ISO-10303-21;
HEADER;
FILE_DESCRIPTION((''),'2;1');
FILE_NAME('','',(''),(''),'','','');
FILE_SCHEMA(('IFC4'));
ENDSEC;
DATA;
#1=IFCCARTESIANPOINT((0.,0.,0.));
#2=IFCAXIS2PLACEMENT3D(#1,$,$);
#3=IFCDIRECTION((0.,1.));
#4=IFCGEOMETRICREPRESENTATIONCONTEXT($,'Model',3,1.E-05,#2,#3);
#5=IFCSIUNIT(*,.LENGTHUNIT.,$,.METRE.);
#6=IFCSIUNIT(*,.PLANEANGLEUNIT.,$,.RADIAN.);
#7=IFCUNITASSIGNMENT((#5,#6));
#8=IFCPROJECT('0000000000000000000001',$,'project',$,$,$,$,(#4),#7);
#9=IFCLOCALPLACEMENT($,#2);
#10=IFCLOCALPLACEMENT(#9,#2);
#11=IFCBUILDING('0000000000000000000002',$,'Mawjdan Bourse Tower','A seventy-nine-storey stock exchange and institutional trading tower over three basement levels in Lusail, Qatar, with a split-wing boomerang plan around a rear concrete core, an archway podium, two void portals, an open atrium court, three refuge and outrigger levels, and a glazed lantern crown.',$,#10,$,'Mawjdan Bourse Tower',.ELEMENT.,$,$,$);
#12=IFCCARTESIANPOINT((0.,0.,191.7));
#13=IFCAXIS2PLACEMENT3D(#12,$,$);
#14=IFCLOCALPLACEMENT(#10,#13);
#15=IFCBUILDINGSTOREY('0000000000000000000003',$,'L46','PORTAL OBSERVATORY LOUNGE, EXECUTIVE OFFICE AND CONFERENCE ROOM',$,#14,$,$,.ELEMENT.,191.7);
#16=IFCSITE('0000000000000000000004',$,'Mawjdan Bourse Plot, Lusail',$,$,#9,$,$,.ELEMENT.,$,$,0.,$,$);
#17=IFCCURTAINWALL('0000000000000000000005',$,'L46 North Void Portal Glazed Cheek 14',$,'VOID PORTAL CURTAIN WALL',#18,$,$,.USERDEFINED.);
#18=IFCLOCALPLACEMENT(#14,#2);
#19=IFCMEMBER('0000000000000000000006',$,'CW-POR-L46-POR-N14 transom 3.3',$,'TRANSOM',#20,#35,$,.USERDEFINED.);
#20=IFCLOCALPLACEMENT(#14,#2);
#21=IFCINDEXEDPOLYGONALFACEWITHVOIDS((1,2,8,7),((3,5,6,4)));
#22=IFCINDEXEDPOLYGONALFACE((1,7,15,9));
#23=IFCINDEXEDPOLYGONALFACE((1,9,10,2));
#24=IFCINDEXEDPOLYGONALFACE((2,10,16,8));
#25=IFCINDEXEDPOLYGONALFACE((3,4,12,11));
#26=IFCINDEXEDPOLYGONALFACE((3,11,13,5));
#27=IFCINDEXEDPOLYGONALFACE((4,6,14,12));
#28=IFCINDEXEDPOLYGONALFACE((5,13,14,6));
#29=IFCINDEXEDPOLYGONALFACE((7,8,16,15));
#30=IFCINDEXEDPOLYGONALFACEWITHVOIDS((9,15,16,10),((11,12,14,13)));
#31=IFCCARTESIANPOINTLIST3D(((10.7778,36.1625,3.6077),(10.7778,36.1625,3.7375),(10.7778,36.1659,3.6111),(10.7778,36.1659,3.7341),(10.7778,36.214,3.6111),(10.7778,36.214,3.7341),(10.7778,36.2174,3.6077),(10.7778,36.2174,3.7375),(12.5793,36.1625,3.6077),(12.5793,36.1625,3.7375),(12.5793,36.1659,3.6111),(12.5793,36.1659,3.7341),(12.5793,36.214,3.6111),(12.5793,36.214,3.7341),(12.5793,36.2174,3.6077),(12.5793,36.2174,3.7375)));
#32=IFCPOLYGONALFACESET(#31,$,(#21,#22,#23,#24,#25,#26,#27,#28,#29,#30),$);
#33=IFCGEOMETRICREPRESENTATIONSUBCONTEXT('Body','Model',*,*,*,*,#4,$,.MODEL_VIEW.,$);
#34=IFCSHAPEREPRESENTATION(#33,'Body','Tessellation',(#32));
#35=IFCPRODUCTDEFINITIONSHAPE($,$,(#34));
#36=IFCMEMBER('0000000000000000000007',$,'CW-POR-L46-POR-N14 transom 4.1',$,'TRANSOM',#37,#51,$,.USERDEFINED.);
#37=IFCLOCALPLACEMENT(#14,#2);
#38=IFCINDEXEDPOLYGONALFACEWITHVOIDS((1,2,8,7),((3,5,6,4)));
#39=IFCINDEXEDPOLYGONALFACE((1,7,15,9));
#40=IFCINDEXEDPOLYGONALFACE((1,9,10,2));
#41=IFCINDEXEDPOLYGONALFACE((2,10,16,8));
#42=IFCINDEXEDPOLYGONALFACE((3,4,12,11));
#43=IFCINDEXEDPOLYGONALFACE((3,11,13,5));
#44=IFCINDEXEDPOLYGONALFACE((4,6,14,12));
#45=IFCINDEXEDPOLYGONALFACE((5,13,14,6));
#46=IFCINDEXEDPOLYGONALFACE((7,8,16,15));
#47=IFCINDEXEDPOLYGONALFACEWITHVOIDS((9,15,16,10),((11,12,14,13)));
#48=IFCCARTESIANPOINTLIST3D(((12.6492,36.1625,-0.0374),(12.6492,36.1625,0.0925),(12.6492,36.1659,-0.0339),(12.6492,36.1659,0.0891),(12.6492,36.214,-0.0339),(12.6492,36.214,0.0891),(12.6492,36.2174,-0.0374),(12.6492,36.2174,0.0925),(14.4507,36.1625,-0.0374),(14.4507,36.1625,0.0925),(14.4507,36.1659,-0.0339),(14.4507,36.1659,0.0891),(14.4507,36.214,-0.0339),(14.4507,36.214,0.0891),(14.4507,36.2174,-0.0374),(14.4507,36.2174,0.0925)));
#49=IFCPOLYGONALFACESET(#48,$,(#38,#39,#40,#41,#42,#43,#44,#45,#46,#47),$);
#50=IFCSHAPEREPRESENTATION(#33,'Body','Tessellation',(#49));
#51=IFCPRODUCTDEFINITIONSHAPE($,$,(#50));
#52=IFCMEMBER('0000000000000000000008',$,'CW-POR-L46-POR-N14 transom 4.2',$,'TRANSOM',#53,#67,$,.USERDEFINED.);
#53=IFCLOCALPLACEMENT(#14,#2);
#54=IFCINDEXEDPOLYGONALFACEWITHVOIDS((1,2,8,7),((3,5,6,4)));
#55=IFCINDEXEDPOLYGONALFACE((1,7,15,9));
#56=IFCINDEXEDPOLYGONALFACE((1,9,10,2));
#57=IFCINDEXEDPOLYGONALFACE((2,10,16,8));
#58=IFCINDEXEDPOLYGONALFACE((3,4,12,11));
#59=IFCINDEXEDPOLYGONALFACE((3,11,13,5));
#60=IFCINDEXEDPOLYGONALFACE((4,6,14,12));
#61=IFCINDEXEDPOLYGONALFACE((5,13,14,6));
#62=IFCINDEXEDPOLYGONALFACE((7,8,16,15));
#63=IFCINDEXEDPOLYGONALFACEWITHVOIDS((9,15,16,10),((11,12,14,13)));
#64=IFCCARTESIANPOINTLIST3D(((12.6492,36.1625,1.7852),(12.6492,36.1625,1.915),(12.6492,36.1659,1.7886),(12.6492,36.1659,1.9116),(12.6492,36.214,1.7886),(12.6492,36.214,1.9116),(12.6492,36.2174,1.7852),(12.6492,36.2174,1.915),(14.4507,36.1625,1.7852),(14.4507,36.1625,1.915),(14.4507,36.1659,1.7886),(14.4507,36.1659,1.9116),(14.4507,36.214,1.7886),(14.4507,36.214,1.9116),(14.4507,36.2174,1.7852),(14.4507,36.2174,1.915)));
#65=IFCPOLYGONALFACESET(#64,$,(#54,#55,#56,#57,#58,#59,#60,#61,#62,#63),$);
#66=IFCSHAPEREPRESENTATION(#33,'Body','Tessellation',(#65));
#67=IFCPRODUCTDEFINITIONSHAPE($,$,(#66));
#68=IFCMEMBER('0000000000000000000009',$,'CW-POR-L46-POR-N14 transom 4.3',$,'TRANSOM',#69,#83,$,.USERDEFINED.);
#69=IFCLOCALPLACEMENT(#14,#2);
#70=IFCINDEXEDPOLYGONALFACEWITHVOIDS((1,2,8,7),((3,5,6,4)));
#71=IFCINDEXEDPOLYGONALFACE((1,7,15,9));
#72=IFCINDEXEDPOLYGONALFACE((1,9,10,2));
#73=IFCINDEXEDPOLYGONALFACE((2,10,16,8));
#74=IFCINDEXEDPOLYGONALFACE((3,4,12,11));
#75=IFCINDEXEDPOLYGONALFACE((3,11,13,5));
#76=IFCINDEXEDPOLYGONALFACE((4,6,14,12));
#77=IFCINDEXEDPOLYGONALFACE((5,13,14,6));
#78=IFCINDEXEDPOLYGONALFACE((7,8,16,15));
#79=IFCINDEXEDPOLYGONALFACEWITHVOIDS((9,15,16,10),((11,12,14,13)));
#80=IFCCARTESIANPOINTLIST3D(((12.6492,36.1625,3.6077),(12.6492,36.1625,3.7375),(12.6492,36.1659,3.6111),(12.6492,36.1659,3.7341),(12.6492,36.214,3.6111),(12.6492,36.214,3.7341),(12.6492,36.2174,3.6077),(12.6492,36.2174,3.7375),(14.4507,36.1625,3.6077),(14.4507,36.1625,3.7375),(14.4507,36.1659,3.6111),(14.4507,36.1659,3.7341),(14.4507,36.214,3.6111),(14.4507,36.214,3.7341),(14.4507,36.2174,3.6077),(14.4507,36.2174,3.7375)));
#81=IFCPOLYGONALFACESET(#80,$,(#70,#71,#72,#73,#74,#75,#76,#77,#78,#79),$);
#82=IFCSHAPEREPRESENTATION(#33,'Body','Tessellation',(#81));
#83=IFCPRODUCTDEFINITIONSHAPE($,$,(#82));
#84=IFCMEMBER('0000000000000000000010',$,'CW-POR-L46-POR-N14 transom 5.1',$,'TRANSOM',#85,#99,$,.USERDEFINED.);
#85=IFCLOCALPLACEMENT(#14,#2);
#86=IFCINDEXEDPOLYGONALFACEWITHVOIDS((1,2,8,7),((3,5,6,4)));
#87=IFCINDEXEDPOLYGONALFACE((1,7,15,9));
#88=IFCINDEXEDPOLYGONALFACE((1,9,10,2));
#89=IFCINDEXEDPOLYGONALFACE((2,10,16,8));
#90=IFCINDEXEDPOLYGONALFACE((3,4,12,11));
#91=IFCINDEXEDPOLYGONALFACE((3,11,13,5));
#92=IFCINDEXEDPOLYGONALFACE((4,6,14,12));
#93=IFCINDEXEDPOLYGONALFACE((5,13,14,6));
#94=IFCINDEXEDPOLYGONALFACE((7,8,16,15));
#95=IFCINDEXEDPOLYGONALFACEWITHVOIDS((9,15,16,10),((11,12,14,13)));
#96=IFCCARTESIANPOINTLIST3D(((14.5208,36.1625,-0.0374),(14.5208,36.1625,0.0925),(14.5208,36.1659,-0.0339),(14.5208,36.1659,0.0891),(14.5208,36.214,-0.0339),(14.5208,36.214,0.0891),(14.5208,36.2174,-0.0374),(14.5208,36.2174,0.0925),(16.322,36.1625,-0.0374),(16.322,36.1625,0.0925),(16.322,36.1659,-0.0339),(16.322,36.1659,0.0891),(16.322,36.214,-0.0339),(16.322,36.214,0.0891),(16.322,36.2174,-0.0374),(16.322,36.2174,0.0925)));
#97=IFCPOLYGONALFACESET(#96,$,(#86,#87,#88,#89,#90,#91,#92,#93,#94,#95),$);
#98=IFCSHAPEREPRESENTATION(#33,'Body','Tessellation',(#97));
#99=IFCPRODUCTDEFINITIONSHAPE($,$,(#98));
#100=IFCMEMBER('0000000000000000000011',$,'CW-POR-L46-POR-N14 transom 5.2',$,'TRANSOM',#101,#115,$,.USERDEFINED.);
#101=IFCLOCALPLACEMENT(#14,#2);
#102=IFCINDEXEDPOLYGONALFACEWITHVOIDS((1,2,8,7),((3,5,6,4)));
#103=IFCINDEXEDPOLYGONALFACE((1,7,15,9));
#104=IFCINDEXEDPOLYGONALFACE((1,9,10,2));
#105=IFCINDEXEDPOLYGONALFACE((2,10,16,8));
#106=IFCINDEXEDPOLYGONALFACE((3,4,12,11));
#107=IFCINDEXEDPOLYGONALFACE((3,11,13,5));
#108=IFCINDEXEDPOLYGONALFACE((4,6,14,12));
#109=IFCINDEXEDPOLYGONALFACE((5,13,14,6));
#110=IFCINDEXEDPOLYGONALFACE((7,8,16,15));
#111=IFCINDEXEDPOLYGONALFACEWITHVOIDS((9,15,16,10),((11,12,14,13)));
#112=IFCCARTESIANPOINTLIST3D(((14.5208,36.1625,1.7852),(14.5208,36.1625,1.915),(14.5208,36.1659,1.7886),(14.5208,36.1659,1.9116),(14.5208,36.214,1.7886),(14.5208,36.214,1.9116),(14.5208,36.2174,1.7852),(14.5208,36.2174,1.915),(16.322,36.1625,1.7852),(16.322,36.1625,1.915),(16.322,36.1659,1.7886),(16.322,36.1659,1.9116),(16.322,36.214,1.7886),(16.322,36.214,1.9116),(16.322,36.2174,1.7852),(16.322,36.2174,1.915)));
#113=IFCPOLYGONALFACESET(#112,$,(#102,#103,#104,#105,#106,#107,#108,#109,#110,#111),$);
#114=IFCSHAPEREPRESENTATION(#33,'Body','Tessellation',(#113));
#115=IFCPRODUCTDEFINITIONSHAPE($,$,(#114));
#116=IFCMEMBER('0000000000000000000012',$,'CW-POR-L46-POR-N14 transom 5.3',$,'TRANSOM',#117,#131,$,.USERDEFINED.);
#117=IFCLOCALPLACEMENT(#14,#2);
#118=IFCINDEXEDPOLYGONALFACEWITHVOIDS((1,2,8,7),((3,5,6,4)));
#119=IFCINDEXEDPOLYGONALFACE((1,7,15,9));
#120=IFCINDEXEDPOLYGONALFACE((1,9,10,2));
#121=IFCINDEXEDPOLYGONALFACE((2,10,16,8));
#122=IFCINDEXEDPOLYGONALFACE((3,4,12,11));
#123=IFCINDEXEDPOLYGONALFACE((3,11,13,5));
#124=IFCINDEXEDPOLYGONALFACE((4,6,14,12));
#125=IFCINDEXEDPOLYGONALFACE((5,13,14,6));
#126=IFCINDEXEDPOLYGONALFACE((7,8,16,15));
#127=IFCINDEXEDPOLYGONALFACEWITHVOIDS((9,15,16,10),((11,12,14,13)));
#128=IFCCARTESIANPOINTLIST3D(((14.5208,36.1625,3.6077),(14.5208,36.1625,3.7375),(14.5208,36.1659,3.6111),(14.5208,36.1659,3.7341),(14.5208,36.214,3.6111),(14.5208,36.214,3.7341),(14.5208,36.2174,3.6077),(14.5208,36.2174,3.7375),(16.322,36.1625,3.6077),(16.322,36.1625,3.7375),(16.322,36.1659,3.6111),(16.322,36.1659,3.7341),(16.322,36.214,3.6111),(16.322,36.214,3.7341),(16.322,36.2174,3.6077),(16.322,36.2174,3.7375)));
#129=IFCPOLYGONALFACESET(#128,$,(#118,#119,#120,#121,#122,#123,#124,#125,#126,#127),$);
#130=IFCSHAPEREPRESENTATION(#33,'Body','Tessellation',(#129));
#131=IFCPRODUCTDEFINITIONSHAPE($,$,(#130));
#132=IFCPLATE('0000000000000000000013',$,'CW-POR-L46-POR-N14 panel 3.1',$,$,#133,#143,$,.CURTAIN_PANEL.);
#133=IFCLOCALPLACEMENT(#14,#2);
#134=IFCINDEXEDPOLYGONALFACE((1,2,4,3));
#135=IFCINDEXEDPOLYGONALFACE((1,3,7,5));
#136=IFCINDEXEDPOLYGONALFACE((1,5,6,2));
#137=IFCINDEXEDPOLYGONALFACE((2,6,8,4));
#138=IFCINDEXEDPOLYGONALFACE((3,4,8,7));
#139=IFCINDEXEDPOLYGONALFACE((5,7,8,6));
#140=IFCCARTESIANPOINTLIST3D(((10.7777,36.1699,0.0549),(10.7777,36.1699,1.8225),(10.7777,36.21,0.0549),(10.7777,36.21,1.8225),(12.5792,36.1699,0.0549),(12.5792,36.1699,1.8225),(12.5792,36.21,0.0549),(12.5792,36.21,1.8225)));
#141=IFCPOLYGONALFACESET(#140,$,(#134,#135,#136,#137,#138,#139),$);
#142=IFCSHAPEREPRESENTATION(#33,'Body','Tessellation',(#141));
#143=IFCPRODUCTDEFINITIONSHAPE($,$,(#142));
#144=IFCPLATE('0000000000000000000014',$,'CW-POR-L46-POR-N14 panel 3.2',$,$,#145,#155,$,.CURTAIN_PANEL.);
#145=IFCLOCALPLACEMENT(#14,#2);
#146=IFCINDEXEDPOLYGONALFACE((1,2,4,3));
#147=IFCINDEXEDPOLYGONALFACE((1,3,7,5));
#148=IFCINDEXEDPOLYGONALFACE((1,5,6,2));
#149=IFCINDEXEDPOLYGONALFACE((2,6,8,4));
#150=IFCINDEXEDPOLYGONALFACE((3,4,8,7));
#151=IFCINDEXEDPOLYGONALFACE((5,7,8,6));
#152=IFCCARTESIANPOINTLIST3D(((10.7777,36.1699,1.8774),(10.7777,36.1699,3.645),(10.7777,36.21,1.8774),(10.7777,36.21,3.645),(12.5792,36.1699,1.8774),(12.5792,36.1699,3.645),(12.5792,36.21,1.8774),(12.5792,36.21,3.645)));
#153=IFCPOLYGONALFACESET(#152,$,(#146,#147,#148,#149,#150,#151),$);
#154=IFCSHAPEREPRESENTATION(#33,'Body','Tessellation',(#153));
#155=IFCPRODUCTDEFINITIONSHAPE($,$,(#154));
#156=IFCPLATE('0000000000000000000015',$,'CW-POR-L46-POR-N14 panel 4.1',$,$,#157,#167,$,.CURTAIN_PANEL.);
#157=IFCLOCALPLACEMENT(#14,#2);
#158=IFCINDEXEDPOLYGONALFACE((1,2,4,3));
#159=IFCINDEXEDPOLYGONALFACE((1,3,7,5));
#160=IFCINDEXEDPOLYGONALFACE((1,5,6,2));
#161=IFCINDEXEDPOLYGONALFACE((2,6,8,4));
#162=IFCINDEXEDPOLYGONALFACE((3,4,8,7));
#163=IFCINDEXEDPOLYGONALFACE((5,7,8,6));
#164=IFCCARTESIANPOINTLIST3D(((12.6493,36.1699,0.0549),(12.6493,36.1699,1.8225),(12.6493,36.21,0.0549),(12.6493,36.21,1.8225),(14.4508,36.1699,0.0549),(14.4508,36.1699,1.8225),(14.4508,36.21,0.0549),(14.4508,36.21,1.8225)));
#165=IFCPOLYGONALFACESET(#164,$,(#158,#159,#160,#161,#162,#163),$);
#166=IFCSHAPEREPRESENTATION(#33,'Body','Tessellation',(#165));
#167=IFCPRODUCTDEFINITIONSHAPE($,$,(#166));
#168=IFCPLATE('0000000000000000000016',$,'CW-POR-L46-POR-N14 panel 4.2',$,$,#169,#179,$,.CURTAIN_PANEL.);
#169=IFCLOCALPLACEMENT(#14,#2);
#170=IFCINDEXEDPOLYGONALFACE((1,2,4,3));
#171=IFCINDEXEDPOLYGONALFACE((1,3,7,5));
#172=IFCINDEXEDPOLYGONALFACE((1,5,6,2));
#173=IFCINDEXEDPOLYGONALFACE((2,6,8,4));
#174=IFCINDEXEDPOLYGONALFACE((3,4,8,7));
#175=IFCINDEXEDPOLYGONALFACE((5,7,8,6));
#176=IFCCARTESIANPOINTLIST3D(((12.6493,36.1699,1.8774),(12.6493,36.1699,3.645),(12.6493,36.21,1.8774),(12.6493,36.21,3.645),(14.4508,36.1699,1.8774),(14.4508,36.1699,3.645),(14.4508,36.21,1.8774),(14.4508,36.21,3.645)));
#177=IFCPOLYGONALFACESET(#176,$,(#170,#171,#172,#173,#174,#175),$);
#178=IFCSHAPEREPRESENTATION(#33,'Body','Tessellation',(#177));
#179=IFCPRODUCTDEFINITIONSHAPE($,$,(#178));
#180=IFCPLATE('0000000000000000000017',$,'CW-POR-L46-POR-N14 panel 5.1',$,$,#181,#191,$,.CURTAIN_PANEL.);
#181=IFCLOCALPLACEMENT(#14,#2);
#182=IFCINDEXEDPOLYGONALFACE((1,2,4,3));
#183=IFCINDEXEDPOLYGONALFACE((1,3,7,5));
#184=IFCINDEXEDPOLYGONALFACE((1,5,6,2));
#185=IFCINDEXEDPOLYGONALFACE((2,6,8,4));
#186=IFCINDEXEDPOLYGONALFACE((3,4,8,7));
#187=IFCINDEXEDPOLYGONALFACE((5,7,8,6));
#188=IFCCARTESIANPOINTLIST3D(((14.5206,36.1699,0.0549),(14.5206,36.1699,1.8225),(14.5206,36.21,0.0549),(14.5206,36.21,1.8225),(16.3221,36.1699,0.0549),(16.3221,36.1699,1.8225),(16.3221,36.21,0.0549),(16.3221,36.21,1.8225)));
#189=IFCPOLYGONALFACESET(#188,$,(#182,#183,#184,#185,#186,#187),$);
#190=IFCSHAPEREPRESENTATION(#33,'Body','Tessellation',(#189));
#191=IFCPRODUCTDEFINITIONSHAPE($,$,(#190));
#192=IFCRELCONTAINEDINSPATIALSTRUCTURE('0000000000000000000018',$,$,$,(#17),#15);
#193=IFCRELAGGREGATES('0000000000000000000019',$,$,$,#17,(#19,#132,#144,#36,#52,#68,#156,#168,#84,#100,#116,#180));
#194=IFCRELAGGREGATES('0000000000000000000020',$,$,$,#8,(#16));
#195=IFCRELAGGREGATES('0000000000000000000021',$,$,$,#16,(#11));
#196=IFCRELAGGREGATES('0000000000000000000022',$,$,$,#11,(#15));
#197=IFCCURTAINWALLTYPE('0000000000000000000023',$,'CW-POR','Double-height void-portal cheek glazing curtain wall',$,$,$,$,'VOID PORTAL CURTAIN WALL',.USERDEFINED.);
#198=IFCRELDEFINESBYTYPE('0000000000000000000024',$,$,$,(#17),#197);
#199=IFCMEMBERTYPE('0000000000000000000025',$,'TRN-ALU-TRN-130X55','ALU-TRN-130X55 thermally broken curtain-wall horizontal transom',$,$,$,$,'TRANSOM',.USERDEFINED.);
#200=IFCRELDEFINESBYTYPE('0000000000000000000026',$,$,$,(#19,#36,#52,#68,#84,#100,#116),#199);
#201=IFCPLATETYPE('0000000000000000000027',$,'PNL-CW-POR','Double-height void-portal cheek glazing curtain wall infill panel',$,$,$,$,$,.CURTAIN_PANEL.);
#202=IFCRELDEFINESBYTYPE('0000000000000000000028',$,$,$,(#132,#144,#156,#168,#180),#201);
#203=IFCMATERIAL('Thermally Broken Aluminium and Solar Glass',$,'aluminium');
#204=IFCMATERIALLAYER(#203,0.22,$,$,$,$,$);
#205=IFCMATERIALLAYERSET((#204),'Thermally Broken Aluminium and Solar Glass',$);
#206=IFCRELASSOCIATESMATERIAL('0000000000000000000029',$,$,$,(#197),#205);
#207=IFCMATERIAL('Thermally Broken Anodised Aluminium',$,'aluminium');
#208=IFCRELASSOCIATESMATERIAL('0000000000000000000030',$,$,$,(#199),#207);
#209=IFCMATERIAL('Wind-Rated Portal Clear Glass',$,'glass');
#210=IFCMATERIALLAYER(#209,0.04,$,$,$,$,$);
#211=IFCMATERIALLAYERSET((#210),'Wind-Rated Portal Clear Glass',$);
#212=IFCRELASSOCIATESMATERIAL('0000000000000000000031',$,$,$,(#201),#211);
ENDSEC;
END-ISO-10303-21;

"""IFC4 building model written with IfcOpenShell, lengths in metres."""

from ifc_helpers import new_model, si_unit, direction, frame, origin, origin_2d, place, context, subcontext, project, spatial, rectangle, hollow_rectangle, extrude, material, layer, layer_set, material_profile, profile_set, type_object, element, aggregate, save


model = new_model("IFC4")

# Units and contexts
model_context = context("Model", 3, precision=1e-05, world=origin(), true_north=direction((0.0, 1.0)))
body_context = subcontext(model_context, "Body", "Model", "MODEL_VIEW")
ifc_project = project(units=[si_unit("LENGTHUNIT", "METRE"), si_unit("PLANEANGLEUNIT", "RADIAN")], contexts=[model_context])

# Site, building, storey
site_placement = place(None, origin())
site = spatial("IfcSite", under=ifc_project, at=site_placement, Name="Mawjdan Bourse Plot, Lusail", CompositionType="ELEMENT", RefElevation=0.0)
building_placement = place(site_placement, origin())
building = spatial("IfcBuilding", under=site, at=building_placement, Name="Mawjdan Bourse Tower", Description="A seventy-nine-storey stock exchange and institutional trading tower over three basement levels in Lusail, Qatar, with a split-wing boomerang plan around a rear concrete core, an archway podium, two void portals, an open atrium court, three refuge and outrigger levels, and a glazed lantern crown.", LongName="Mawjdan Bourse Tower", CompositionType="ELEMENT")
storey_placement = place(building_placement, frame((0.0, 0.0, 191.7)))
storey = spatial("IfcBuildingStorey", under=building, at=storey_placement, Name="L46", Description="PORTAL OBSERVATORY LOUNGE, EXECUTIVE OFFICE AND CONFERENCE ROOM", CompositionType="ELEMENT", Elevation=191.7)

# Curtain wall, members, plates
ifc_material_1 = material(Name="Thermally Broken Aluminium and Solar Glass", Category="aluminium")
ifc_layer_1 = layer(ifc_material_1, 0.22)
ifc_layer_set_1 = layer_set([ifc_layer_1], Name="Thermally Broken Aluminium and Solar Glass")
curtain_wall_type = type_object("IfcCurtainWallType", Name="CW-POR", Description="Double-height void-portal cheek glazing curtain wall", ElementType="VOID PORTAL CURTAIN WALL", PredefinedType="USERDEFINED", material=ifc_layer_set_1)
curtain_wall_placement = place(storey_placement, origin())
curtain_wall = element("IfcCurtainWall", 1, at=curtain_wall_placement, inside=storey, type_object=curtain_wall_type, Name="L46 North Void Portal Glazed Cheek 14", ObjectType="VOID PORTAL CURTAIN WALL", PredefinedType="USERDEFINED")
ifc_material_2 = material(Name="Thermally Broken Anodised Aluminium", Category="aluminium")
ifc_material_profile_1 = material_profile(ifc_material_2, hollow_rectangle(XDim=0.0549, YDim=0.1299, WallThickness=0.0034, at=origin_2d()), Name="ALU-TRN-130X55")
ifc_profile_set_1 = profile_set([ifc_material_profile_1], Name="Thermally Broken Anodised Aluminium")
member_type_1 = type_object("IfcMemberType", Name="TRN-ALU-TRN-130X55", Description="ALU-TRN-130X55 thermally broken curtain-wall horizontal transom", ElementType="TRANSOM", PredefinedType="USERDEFINED", material=ifc_profile_set_1)
member_1_placement = place(storey_placement, frame((10.7778, 36.1899, 3.6726), z_axis=(1.0, 0.0, 0.0), x_axis=(0.0, 1.0, 0.0)))
member_1 = element("IfcMember", 2, at=member_1_placement, type_object=member_type_1, Name="CW-POR-L46-POR-N14 transom 3.3", ObjectType="TRANSOM", PredefinedType="USERDEFINED", context=body_context, shape_type="SweptSolid", body=[
    extrude(hollow_rectangle(XDim=0.0549, YDim=0.1299, WallThickness=0.0034, at=origin_2d()), origin(), (0.0, 0.0, 1.0), 1.8015),
])
member_2_placement = place(storey_placement, frame((12.6492, 36.1899, 0.0276), z_axis=(1.0, 0.0, 0.0), x_axis=(0.0, 1.0, 0.0)))
member_2 = element("IfcMember", 3, at=member_2_placement, type_object=member_type_1, Name="CW-POR-L46-POR-N14 transom 4.1", ObjectType="TRANSOM", PredefinedType="USERDEFINED", context=body_context, shape_type="SweptSolid", body=[
    extrude(hollow_rectangle(XDim=0.0549, YDim=0.1299, WallThickness=0.0034, at=origin_2d()), origin(), (0.0, 0.0, 1.0), 1.8015),
])
member_3_placement = place(storey_placement, frame((12.6492, 36.1899, 1.8501), z_axis=(1.0, 0.0, 0.0), x_axis=(0.0, 1.0, 0.0)))
member_3 = element("IfcMember", 4, at=member_3_placement, type_object=member_type_1, Name="CW-POR-L46-POR-N14 transom 4.2", ObjectType="TRANSOM", PredefinedType="USERDEFINED", context=body_context, shape_type="SweptSolid", body=[
    extrude(hollow_rectangle(XDim=0.0549, YDim=0.1299, WallThickness=0.0034, at=origin_2d()), origin(), (0.0, 0.0, 1.0), 1.8015),
])
member_4_placement = place(storey_placement, frame((12.6492, 36.1899, 3.6726), z_axis=(1.0, 0.0, 0.0), x_axis=(0.0, 1.0, 0.0)))
member_4 = element("IfcMember", 5, at=member_4_placement, type_object=member_type_1, Name="CW-POR-L46-POR-N14 transom 4.3", ObjectType="TRANSOM", PredefinedType="USERDEFINED", context=body_context, shape_type="SweptSolid", body=[
    extrude(hollow_rectangle(XDim=0.0549, YDim=0.1299, WallThickness=0.0034, at=origin_2d()), origin(), (0.0, 0.0, 1.0), 1.8015),
])
member_5_placement = place(storey_placement, frame((14.5208, 36.1899, 0.0276), z_axis=(1.0, 0.0, 0.0), x_axis=(0.0, 1.0, 0.0)))
member_5 = element("IfcMember", 6, at=member_5_placement, type_object=member_type_1, Name="CW-POR-L46-POR-N14 transom 5.1", ObjectType="TRANSOM", PredefinedType="USERDEFINED", context=body_context, shape_type="SweptSolid", body=[
    extrude(hollow_rectangle(XDim=0.0549, YDim=0.1299, WallThickness=0.0034, at=origin_2d()), origin(), (0.0, 0.0, 1.0), 1.8013),
])
member_6_placement = place(storey_placement, frame((14.5208, 36.1899, 1.8501), z_axis=(1.0, 0.0, 0.0), x_axis=(0.0, 1.0, 0.0)))
member_6 = element("IfcMember", 7, at=member_6_placement, type_object=member_type_1, Name="CW-POR-L46-POR-N14 transom 5.2", ObjectType="TRANSOM", PredefinedType="USERDEFINED", context=body_context, shape_type="SweptSolid", body=[
    extrude(hollow_rectangle(XDim=0.0549, YDim=0.1299, WallThickness=0.0034, at=origin_2d()), origin(), (0.0, 0.0, 1.0), 1.8013),
])
member_7_placement = place(storey_placement, frame((14.5208, 36.1899, 3.6726), z_axis=(1.0, 0.0, 0.0), x_axis=(0.0, 1.0, 0.0)))
member_7 = element("IfcMember", 8, at=member_7_placement, type_object=member_type_1, Name="CW-POR-L46-POR-N14 transom 5.3", ObjectType="TRANSOM", PredefinedType="USERDEFINED", context=body_context, shape_type="SweptSolid", body=[
    extrude(hollow_rectangle(XDim=0.0549, YDim=0.1299, WallThickness=0.0034, at=origin_2d()), origin(), (0.0, 0.0, 1.0), 1.8013),
])
ifc_material_3 = material(Name="Wind-Rated Portal Clear Glass", Category="glass")
ifc_layer_2 = layer(ifc_material_3, 0.04)
ifc_layer_set_2 = layer_set([ifc_layer_2], Name="Wind-Rated Portal Clear Glass")
plate_type = type_object("IfcPlateType", Name="PNL-CW-POR", Description="Double-height void-portal cheek glazing curtain wall infill panel", PredefinedType="CURTAIN_PANEL", material=ifc_layer_set_2)
plate_1_placement = place(storey_placement, frame((11.6785, 36.1899, 0.0549), z_axis=(0.0, 0.0, 1.0), x_axis=(1.0, 0.0, 0.0)))
plate_1 = element("IfcPlate", 9, at=plate_1_placement, type_object=plate_type, Name="CW-POR-L46-POR-N14 panel 3.1", PredefinedType="CURTAIN_PANEL", context=body_context, shape_type="SweptSolid", body=[
    extrude(rectangle(XDim=1.8015, YDim=0.04, at=origin_2d()), origin(), (0.0, 0.0, 1.0), 1.7676),
])
plate_2_placement = place(storey_placement, frame((11.6785, 36.1899, 1.8774), z_axis=(0.0, 0.0, 1.0), x_axis=(1.0, 0.0, 0.0)))
plate_2 = element("IfcPlate", 10, at=plate_2_placement, type_object=plate_type, Name="CW-POR-L46-POR-N14 panel 3.2", PredefinedType="CURTAIN_PANEL", context=body_context, shape_type="SweptSolid", body=[
    extrude(rectangle(XDim=1.8015, YDim=0.04, at=origin_2d()), origin(), (0.0, 0.0, 1.0), 1.7676),
])
plate_3_placement = place(storey_placement, frame((13.55, 36.1899, 0.0549), z_axis=(0.0, 0.0, 1.0), x_axis=(1.0, 0.0, 0.0)))
plate_3 = element("IfcPlate", 11, at=plate_3_placement, type_object=plate_type, Name="CW-POR-L46-POR-N14 panel 4.1", PredefinedType="CURTAIN_PANEL", context=body_context, shape_type="SweptSolid", body=[
    extrude(rectangle(XDim=1.8015, YDim=0.04, at=origin_2d()), origin(), (0.0, 0.0, 1.0), 1.7676),
])
plate_4_placement = place(storey_placement, frame((13.55, 36.1899, 1.8774), z_axis=(0.0, 0.0, 1.0), x_axis=(1.0, 0.0, 0.0)))
plate_4 = element("IfcPlate", 12, at=plate_4_placement, type_object=plate_type, Name="CW-POR-L46-POR-N14 panel 4.2", PredefinedType="CURTAIN_PANEL", context=body_context, shape_type="SweptSolid", body=[
    extrude(rectangle(XDim=1.8015, YDim=0.04, at=origin_2d()), origin(), (0.0, 0.0, 1.0), 1.7676),
])
plate_5_placement = place(storey_placement, frame((15.4214, 36.1899, 0.0549), z_axis=(0.0, 0.0, 1.0), x_axis=(1.0, 0.0, 0.0)))
plate_5 = element("IfcPlate", 13, at=plate_5_placement, type_object=plate_type, Name="CW-POR-L46-POR-N14 panel 5.1", PredefinedType="CURTAIN_PANEL", context=body_context, shape_type="SweptSolid", body=[
    extrude(rectangle(XDim=1.8015, YDim=0.04, at=origin_2d()), origin(), (0.0, 0.0, 1.0), 1.7676),
])
aggregate(curtain_wall, [member_1, plate_1, plate_2, member_2, member_3, member_4, plate_3, plate_4, member_5, member_6, member_7, plate_5])

save(model, "model.ifc")
